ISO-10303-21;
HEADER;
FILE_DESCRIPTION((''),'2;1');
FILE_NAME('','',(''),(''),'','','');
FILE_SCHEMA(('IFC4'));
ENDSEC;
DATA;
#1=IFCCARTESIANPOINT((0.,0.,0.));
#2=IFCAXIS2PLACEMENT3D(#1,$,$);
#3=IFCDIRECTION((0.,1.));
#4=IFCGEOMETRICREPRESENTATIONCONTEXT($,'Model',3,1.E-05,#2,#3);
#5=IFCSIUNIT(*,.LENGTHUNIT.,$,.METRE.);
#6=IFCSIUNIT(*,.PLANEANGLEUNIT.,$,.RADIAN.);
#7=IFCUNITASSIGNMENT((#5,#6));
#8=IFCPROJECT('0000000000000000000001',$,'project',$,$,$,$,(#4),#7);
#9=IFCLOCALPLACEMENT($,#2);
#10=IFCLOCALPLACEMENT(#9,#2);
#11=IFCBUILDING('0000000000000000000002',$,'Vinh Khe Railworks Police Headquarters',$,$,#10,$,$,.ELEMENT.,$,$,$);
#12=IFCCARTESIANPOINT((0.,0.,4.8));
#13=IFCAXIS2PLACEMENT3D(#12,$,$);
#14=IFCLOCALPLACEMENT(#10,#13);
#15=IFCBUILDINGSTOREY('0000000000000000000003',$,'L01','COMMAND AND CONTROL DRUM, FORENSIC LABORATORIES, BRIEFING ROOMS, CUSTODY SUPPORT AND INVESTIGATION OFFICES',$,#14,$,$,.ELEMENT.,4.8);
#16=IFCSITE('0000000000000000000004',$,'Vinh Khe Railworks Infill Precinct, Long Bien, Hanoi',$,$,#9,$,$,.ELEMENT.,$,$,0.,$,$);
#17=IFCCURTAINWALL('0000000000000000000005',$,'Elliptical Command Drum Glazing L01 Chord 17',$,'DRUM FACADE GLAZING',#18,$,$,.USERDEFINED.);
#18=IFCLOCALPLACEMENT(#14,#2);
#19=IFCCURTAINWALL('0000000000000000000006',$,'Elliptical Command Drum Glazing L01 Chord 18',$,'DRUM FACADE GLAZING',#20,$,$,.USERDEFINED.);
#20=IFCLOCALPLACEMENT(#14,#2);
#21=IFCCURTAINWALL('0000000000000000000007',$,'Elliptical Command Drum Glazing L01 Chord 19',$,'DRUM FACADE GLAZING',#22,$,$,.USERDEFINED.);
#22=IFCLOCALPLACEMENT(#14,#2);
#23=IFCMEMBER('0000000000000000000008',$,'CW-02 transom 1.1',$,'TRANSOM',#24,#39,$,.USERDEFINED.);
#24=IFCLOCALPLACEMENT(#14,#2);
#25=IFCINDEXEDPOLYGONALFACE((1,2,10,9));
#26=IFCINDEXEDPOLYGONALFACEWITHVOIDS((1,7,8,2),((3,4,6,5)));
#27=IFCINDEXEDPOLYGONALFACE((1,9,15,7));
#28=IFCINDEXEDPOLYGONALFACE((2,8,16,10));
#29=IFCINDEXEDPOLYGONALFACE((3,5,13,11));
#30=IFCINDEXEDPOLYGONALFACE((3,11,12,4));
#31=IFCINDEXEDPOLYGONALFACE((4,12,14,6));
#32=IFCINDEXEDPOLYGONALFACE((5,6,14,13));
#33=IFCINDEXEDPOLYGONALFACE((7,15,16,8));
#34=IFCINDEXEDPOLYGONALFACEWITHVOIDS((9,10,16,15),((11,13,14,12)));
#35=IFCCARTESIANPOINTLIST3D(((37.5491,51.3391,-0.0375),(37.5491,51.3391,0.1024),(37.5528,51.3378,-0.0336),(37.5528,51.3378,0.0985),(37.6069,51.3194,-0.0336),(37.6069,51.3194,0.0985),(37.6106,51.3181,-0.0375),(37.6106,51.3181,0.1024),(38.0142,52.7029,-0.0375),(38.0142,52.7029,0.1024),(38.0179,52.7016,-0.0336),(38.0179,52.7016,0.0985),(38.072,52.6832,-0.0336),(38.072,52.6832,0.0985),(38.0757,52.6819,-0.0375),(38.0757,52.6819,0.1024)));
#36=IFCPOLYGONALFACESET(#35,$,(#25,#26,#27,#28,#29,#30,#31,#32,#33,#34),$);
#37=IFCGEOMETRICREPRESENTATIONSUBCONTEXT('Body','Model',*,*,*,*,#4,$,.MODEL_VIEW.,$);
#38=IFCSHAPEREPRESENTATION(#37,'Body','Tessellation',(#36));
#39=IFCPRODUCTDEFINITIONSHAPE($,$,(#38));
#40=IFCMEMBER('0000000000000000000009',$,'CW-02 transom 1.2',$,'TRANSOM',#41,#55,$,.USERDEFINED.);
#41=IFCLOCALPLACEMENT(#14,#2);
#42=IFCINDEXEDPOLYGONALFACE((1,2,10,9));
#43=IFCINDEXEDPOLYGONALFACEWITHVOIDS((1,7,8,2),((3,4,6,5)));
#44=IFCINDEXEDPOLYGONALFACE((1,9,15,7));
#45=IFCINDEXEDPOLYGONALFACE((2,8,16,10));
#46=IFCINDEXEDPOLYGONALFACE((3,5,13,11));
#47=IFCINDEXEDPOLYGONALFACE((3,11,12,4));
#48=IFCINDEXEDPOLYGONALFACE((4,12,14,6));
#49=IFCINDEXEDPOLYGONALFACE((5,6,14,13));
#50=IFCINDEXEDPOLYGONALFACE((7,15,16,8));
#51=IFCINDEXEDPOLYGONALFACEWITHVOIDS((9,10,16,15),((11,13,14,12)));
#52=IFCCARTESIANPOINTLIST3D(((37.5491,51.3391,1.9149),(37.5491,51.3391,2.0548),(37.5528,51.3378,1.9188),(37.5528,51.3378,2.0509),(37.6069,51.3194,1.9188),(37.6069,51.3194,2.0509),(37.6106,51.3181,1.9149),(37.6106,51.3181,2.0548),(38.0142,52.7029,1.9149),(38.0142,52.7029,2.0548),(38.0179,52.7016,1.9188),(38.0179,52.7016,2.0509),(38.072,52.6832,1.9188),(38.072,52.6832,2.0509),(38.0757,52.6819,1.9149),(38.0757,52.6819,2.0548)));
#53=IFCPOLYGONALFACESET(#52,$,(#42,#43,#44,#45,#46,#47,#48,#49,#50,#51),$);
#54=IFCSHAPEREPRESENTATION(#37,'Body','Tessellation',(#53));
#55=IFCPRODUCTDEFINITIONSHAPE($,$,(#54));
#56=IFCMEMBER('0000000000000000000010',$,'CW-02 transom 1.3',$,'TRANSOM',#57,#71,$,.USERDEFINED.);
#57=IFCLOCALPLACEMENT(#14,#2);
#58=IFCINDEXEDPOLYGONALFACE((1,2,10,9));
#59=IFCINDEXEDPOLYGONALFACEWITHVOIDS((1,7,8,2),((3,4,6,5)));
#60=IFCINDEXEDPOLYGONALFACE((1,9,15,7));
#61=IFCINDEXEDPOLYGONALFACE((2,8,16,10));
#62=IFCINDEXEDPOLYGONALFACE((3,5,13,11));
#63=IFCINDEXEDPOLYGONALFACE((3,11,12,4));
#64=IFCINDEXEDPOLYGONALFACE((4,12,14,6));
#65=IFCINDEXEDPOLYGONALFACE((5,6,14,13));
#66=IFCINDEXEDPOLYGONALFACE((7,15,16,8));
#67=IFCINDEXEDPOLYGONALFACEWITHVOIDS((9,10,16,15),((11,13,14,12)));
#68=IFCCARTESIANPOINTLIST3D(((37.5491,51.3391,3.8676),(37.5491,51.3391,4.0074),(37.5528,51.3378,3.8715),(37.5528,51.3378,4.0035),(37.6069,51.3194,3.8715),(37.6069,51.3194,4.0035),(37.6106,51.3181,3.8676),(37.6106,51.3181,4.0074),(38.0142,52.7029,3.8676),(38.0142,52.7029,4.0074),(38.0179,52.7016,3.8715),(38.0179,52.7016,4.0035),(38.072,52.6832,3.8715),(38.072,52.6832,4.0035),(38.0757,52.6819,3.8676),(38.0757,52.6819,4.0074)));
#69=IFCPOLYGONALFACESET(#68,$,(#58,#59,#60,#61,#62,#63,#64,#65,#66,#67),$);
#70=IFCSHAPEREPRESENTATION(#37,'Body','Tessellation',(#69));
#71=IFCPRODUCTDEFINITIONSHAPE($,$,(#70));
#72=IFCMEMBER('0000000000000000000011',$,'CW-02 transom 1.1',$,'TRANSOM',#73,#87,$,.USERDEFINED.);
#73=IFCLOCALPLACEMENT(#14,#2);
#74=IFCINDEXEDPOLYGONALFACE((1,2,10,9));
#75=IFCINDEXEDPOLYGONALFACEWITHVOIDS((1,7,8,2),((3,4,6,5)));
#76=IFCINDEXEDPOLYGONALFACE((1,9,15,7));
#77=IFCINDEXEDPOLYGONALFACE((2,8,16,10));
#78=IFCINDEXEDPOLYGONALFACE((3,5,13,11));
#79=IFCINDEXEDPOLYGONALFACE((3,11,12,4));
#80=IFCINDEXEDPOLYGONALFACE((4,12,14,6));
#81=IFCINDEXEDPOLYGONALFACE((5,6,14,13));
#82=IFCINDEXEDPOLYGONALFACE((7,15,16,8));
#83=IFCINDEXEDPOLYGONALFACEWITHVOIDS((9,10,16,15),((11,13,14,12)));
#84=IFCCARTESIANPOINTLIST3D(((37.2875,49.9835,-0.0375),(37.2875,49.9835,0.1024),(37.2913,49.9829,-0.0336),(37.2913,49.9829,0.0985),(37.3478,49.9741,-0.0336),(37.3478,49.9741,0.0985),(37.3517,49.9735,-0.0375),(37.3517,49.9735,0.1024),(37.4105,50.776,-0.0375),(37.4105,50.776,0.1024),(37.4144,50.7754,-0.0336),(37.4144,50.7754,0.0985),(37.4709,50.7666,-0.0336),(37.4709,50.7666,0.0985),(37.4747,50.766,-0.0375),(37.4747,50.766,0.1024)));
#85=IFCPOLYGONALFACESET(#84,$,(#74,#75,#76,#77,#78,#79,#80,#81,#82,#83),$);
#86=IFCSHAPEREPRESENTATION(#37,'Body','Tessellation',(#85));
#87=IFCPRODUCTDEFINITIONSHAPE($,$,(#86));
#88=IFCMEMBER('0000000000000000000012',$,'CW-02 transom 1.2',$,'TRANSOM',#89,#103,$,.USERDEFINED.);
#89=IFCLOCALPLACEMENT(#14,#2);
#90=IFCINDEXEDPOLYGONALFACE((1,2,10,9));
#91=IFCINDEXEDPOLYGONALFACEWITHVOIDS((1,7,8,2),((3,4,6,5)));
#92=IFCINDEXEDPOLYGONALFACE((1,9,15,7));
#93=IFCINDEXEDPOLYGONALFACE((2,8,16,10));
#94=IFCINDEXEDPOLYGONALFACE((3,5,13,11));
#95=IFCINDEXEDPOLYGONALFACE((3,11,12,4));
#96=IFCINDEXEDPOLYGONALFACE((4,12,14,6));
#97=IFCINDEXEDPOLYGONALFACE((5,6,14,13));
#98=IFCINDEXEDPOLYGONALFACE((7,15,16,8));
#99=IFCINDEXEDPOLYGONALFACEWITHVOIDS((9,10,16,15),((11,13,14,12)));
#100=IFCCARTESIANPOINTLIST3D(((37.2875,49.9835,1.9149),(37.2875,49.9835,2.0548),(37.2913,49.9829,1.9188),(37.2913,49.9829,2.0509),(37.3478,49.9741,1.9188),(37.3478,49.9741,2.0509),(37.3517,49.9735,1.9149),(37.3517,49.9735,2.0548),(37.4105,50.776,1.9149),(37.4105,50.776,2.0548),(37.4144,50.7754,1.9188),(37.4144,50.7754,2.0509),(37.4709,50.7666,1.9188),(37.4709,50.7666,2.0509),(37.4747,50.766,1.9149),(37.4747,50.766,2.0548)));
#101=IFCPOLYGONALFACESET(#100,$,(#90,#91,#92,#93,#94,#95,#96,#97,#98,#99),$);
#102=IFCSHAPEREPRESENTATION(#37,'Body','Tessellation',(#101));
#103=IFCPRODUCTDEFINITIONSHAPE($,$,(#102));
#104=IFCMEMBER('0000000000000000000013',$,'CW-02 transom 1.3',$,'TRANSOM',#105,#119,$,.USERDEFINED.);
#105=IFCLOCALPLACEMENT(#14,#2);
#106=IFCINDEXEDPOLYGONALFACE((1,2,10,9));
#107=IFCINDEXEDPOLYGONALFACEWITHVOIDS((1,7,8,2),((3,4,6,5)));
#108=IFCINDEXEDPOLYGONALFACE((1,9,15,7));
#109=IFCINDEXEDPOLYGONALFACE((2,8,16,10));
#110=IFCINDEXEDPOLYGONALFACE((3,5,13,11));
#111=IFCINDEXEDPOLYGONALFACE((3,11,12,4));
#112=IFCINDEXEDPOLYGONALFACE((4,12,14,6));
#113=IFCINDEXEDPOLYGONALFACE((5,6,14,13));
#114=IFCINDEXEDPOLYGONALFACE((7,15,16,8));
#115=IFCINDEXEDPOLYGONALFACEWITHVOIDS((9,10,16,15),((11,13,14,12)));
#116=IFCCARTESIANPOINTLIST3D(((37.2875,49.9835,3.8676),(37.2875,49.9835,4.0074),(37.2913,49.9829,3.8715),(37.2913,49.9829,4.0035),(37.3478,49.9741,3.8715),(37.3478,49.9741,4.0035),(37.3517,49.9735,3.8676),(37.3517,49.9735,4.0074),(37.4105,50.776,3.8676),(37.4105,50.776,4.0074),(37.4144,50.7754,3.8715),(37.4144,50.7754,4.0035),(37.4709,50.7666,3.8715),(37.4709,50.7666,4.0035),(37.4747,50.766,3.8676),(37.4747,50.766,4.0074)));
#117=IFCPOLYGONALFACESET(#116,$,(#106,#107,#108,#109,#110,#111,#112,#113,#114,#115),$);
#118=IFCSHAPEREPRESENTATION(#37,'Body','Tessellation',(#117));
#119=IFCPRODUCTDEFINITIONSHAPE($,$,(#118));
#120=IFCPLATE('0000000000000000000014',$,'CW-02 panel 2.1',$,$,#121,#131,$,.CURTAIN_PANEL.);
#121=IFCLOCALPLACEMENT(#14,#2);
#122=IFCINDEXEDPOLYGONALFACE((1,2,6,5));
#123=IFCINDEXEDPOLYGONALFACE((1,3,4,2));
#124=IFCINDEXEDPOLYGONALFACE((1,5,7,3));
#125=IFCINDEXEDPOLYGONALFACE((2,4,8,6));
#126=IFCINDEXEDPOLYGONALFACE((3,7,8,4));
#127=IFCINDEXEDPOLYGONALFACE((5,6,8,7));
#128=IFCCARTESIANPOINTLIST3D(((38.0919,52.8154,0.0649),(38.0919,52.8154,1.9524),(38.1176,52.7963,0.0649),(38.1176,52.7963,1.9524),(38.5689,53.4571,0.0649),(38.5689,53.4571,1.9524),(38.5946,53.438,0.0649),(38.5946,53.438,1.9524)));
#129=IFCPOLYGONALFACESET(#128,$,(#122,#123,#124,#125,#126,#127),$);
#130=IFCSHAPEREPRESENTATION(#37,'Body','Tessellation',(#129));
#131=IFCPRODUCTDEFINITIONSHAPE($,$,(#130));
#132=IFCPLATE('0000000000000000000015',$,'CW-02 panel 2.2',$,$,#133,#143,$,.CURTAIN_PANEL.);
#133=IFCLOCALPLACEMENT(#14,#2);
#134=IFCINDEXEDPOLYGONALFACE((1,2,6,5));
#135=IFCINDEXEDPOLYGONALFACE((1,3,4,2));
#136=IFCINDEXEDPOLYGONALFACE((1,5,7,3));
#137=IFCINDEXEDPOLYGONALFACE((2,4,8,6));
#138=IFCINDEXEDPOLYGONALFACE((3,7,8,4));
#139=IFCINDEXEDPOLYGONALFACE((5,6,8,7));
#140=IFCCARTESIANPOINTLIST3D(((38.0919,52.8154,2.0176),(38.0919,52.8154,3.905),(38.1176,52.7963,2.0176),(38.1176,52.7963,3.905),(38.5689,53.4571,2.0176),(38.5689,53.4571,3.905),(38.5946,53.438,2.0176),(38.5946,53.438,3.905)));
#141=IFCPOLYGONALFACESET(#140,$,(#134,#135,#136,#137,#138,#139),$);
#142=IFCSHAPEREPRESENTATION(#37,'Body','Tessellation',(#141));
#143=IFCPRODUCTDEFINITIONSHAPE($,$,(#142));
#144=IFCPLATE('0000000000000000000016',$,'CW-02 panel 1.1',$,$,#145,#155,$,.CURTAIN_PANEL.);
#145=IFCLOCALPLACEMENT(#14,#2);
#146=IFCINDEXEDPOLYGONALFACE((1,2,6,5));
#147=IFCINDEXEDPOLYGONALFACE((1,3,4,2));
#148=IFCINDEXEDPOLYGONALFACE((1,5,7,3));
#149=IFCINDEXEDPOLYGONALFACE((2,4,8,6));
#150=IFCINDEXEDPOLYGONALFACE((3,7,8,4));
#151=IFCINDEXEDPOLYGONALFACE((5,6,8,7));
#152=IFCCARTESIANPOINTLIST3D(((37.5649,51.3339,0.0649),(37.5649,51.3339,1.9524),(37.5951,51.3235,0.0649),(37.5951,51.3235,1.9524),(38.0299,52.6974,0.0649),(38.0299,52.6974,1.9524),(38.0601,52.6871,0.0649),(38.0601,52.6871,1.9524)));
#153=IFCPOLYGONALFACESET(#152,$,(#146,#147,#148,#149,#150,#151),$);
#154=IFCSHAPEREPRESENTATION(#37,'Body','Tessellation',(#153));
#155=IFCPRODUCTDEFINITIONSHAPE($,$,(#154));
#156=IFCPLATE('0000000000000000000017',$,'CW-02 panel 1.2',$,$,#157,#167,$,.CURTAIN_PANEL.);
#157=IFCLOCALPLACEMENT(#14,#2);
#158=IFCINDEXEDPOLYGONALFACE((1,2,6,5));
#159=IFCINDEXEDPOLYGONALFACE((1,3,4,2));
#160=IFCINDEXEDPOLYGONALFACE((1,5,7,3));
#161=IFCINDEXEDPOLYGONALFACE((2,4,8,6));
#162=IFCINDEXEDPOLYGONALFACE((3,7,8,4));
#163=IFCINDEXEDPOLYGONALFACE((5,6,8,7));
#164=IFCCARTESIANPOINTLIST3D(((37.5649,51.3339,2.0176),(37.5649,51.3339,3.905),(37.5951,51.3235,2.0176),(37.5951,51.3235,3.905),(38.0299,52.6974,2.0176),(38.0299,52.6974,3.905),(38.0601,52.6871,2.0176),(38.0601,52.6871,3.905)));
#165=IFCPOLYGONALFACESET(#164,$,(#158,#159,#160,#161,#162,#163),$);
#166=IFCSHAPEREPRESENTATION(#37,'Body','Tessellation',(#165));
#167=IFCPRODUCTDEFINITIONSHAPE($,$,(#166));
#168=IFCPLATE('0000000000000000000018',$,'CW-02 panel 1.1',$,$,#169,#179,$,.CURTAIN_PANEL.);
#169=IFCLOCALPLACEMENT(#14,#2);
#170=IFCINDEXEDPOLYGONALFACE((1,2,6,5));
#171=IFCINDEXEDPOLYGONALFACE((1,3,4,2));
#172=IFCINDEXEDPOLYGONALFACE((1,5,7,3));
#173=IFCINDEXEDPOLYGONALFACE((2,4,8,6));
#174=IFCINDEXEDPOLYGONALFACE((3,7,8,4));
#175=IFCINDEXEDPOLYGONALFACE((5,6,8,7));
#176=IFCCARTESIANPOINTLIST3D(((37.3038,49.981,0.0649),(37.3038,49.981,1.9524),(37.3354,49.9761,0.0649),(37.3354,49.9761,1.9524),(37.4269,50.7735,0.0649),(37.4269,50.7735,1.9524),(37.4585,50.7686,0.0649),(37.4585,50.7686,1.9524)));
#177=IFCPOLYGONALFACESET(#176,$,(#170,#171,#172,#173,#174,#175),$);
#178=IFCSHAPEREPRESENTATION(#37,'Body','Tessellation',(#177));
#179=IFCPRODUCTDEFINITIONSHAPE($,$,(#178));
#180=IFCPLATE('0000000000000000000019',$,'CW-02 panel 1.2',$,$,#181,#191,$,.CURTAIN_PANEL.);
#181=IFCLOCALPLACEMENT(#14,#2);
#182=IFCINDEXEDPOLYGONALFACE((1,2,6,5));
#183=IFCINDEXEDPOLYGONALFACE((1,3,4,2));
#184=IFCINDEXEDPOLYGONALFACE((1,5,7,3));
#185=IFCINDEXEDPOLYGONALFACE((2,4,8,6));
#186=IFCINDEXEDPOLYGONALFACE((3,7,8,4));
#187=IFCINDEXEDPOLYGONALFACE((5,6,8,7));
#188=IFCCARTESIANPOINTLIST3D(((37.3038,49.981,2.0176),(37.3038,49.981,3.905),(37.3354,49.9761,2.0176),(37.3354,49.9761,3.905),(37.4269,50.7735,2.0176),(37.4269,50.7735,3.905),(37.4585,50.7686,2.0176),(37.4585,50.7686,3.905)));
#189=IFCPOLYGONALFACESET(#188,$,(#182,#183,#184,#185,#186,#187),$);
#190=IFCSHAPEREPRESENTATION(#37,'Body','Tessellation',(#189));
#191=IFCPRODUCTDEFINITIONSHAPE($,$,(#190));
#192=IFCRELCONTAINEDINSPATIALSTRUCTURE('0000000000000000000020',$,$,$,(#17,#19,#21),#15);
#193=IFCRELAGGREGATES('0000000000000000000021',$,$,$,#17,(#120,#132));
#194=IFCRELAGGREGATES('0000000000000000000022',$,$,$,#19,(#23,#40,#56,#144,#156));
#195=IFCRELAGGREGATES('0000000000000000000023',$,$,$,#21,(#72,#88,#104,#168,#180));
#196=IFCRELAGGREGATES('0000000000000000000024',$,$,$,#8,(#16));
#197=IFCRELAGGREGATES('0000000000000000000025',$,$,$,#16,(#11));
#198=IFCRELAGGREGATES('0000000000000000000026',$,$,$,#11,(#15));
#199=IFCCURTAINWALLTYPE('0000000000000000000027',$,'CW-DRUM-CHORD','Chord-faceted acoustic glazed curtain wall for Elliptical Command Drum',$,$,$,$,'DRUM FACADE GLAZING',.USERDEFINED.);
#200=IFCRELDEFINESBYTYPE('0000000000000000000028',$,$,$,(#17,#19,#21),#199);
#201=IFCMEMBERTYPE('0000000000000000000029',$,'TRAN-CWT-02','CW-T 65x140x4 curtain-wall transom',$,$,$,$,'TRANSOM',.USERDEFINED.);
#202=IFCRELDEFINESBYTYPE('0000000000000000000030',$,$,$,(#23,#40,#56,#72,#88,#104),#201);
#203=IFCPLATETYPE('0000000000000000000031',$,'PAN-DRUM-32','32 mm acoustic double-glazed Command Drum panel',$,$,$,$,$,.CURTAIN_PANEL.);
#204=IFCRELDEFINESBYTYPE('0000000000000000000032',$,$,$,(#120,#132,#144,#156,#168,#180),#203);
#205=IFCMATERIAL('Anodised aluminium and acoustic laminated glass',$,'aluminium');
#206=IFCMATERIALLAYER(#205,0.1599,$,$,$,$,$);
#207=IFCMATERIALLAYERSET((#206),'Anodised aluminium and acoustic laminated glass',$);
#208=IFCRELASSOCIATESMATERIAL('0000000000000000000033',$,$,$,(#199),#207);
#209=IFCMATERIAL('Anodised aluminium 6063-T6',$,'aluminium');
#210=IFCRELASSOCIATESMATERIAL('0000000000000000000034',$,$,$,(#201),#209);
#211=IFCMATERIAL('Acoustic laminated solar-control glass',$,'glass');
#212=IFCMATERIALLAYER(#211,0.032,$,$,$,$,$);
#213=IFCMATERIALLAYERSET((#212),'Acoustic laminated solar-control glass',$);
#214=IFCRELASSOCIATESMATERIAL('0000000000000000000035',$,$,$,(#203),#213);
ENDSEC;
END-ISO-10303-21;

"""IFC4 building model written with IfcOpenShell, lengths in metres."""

from ifc_helpers import new_model, si_unit, direction, frame, origin, origin_2d, place, context, subcontext, project, spatial, rectangle, hollow_rectangle, extrude, material, layer, layer_set, material_profile, profile_set, type_object, element, aggregate, save


model = new_model("IFC4")

# Units and contexts
model_context = context("Model", 3, precision=1e-05, world=origin(), true_north=direction((0.0, 1.0)))
body_context = subcontext(model_context, "Body", "Model", "MODEL_VIEW")
ifc_project = project(units=[si_unit("LENGTHUNIT", "METRE"), si_unit("PLANEANGLEUNIT", "RADIAN")], contexts=[model_context])

# Site, building, storey
site_placement = place(None, origin())
site = spatial("IfcSite", under=ifc_project, at=site_placement, Name="Vinh Khe Railworks Infill Precinct, Long Bien, Hanoi", CompositionType="ELEMENT", RefElevation=0.0)
building_placement = place(site_placement, origin())
building = spatial("IfcBuilding", under=site, at=building_placement, Name="Vinh Khe Railworks Police Headquarters", CompositionType="ELEMENT")
storey_placement = place(building_placement, frame((0.0, 0.0, 4.8)))
storey = spatial("IfcBuildingStorey", under=building, at=storey_placement, Name="L01", Description="COMMAND AND CONTROL DRUM, FORENSIC LABORATORIES, BRIEFING ROOMS, CUSTODY SUPPORT AND INVESTIGATION OFFICES", CompositionType="ELEMENT", Elevation=4.8)

# Curtain wall
ifc_material_1 = material(Name="Anodised aluminium and acoustic laminated glass", Category="aluminium")
ifc_layer_1 = layer(ifc_material_1, 0.1599)
ifc_layer_set_1 = layer_set([ifc_layer_1], Name="Anodised aluminium and acoustic laminated glass")
curtain_wall_type = type_object("IfcCurtainWallType", Name="CW-DRUM-CHORD", Description="Chord-faceted acoustic glazed curtain wall for Elliptical Command Drum", ElementType="DRUM FACADE GLAZING", PredefinedType="USERDEFINED", material=ifc_layer_set_1)
curtain_wall_1_placement = place(storey_placement, origin())
curtain_wall_1 = element("IfcCurtainWall", 1, at=curtain_wall_1_placement, inside=storey, type_object=curtain_wall_type, Name="Elliptical Command Drum Glazing L01 Chord 17", ObjectType="DRUM FACADE GLAZING", PredefinedType="USERDEFINED")
ifc_material_2 = material(Name="Anodised aluminium 6063-T6", Category="aluminium")

# Curtain wall
curtain_wall_2_placement = place(storey_placement, origin())
curtain_wall_2 = element("IfcCurtainWall", 2, at=curtain_wall_2_placement, inside=storey, type_object=curtain_wall_type, Name="Elliptical Command Drum Glazing L01 Chord 18", ObjectType="DRUM FACADE GLAZING", PredefinedType="USERDEFINED")

# Curtain wall
curtain_wall_3_placement = place(storey_placement, origin())
curtain_wall_3 = element("IfcCurtainWall", 3, at=curtain_wall_3_placement, inside=storey, type_object=curtain_wall_type, Name="Elliptical Command Drum Glazing L01 Chord 19", ObjectType="DRUM FACADE GLAZING", PredefinedType="USERDEFINED")

# Members
ifc_material_profile_1 = material_profile(ifc_material_2, hollow_rectangle(XDim=0.0649, YDim=0.1399, WallThickness=0.0039, at=origin_2d()), Name="CW-T 65x140x4")
ifc_profile_set_1 = profile_set([ifc_material_profile_1], Name="Anodised aluminium 6063-T6")
member_type_1 = type_object("IfcMemberType", Name="TRAN-CWT-02", Description="CW-T 65x140x4 curtain-wall transom", ElementType="TRANSOM", PredefinedType="USERDEFINED", material=ifc_profile_set_1)
member_1_placement = place(storey_placement, frame((38.0449, 52.6924, 0.0325), z_axis=(-0.322777, -0.946475, 0.0), x_axis=(0.946475, -0.322777, 0.0)))
member_1 = element("IfcMember", 4, at=member_1_placement, type_object=member_type_1, Name="CW-02 transom 1.1", ObjectType="TRANSOM", PredefinedType="USERDEFINED", context=body_context, shape_type="SweptSolid", body=[
    extrude(hollow_rectangle(XDim=0.0649, YDim=0.1399, WallThickness=0.0039, at=origin_2d()), origin(), (0.0, 0.0, 1.0), 1.4409),
])
member_2_placement = place(storey_placement, frame((38.0449, 52.6924, 1.9849), z_axis=(-0.322777, -0.946475, 0.0), x_axis=(0.946475, -0.322777, 0.0)))
member_2 = element("IfcMember", 5, at=member_2_placement, type_object=member_type_1, Name="CW-02 transom 1.2", ObjectType="TRANSOM", PredefinedType="USERDEFINED", context=body_context, shape_type="SweptSolid", body=[
    extrude(hollow_rectangle(XDim=0.0649, YDim=0.1399, WallThickness=0.0039, at=origin_2d()), origin(), (0.0, 0.0, 1.0), 1.4409),
])
member_3_placement = place(storey_placement, frame((38.0449, 52.6924, 3.9375), z_axis=(-0.322777, -0.946475, 0.0), x_axis=(0.946475, -0.322777, 0.0)))
member_3 = element("IfcMember", 6, at=member_3_placement, type_object=member_type_1, Name="CW-02 transom 1.3", ObjectType="TRANSOM", PredefinedType="USERDEFINED", context=body_context, shape_type="SweptSolid", body=[
    extrude(hollow_rectangle(XDim=0.0649, YDim=0.1399, WallThickness=0.0039, at=origin_2d()), origin(), (0.0, 0.0, 1.0), 1.4409),
])
member_4_placement = place(storey_placement, frame((37.4426, 50.771, 0.0325), z_axis=(-0.15343, -0.98816, 0.0), x_axis=(0.98816, -0.15343, 0.0)))
member_4 = element("IfcMember", 7, at=member_4_placement, type_object=member_type_1, Name="CW-02 transom 1.1", ObjectType="TRANSOM", PredefinedType="USERDEFINED", context=body_context, shape_type="SweptSolid", body=[
    extrude(hollow_rectangle(XDim=0.0649, YDim=0.1399, WallThickness=0.0039, at=origin_2d()), origin(), (0.0, 0.0, 1.0), 0.802),
])
member_5_placement = place(storey_placement, frame((37.4426, 50.771, 1.9849), z_axis=(-0.15343, -0.98816, 0.0), x_axis=(0.98816, -0.15343, 0.0)))
member_5 = element("IfcMember", 8, at=member_5_placement, type_object=member_type_1, Name="CW-02 transom 1.2", ObjectType="TRANSOM", PredefinedType="USERDEFINED", context=body_context, shape_type="SweptSolid", body=[
    extrude(hollow_rectangle(XDim=0.0649, YDim=0.1399, WallThickness=0.0039, at=origin_2d()), origin(), (0.0, 0.0, 1.0), 0.802),
])
member_6_placement = place(storey_placement, frame((37.4426, 50.771, 3.9375), z_axis=(-0.15343, -0.98816, 0.0), x_axis=(0.98816, -0.15343, 0.0)))
member_6 = element("IfcMember", 9, at=member_6_placement, type_object=member_type_1, Name="CW-02 transom 1.3", ObjectType="TRANSOM", PredefinedType="USERDEFINED", context=body_context, shape_type="SweptSolid", body=[
    extrude(hollow_rectangle(XDim=0.0649, YDim=0.1399, WallThickness=0.0039, at=origin_2d()), origin(), (0.0, 0.0, 1.0), 0.802),
])

# Plates
ifc_material_3 = material(Name="Acoustic laminated solar-control glass", Category="glass")
ifc_layer_2 = layer(ifc_material_3, 0.032)
ifc_layer_set_2 = layer_set([ifc_layer_2], Name="Acoustic laminated solar-control glass")
plate_type_1 = type_object("IfcPlateType", Name="PAN-DRUM-32", Description="32 mm acoustic double-glazed Command Drum panel", PredefinedType="CURTAIN_PANEL", material=ifc_layer_set_2)
plate_1_placement = place(storey_placement, frame((38.3433, 53.1267, 0.0649), z_axis=(0.0, 0.0, 1.0), x_axis=(-0.596528, -0.802592, 0.0)))
plate_1 = element("IfcPlate", 10, at=plate_1_placement, type_object=plate_type_1, Name="CW-02 panel 2.1", PredefinedType="CURTAIN_PANEL", context=body_context, shape_type="SweptSolid", body=[
    extrude(rectangle(XDim=0.7996, YDim=0.032, at=origin_2d()), origin(), (0.0, 0.0, 1.0), 1.8875),
])
plate_2_placement = place(storey_placement, frame((38.3433, 53.1267, 2.0176), z_axis=(0.0, 0.0, 1.0), x_axis=(-0.596528, -0.802592, 0.0)))
plate_2 = element("IfcPlate", 11, at=plate_2_placement, type_object=plate_type_1, Name="CW-02 panel 2.2", PredefinedType="CURTAIN_PANEL", context=body_context, shape_type="SweptSolid", body=[
    extrude(rectangle(XDim=0.7996, YDim=0.032, at=origin_2d()), origin(), (0.0, 0.0, 1.0), 1.8875),
])
aggregate(curtain_wall_1, [plate_1, plate_2])
plate_3_placement = place(storey_placement, frame((37.8125, 52.0105, 0.0649), z_axis=(0.0, 0.0, 1.0), x_axis=(-0.32275, -0.946484, 0.0)))
plate_3 = element("IfcPlate", 12, at=plate_3_placement, type_object=plate_type_1, Name="CW-02 panel 1.1", PredefinedType="CURTAIN_PANEL", context=body_context, shape_type="SweptSolid", body=[
    extrude(rectangle(XDim=1.4407, YDim=0.032, at=origin_2d()), origin(), (0.0, 0.0, 1.0), 1.8875),
])
plate_4_placement = place(storey_placement, frame((37.8125, 52.0105, 2.0176), z_axis=(0.0, 0.0, 1.0), x_axis=(-0.32275, -0.946484, 0.0)))
plate_4 = element("IfcPlate", 13, at=plate_4_placement, type_object=plate_type_1, Name="CW-02 panel 1.2", PredefinedType="CURTAIN_PANEL", context=body_context, shape_type="SweptSolid", body=[
    extrude(rectangle(XDim=1.4407, YDim=0.032, at=origin_2d()), origin(), (0.0, 0.0, 1.0), 1.8875),
])
aggregate(curtain_wall_2, [member_1, member_2, member_3, plate_3, plate_4])
plate_5_placement = place(storey_placement, frame((37.3811, 50.3748, 0.0649), z_axis=(0.0, 0.0, 1.0), x_axis=(-0.15349, -0.98815, 0.0)))
plate_5 = element("IfcPlate", 14, at=plate_5_placement, type_object=plate_type_1, Name="CW-02 panel 1.1", PredefinedType="CURTAIN_PANEL", context=body_context, shape_type="SweptSolid", body=[
    extrude(rectangle(XDim=0.802, YDim=0.032, at=origin_2d()), origin(), (0.0, 0.0, 1.0), 1.8875),
])
plate_6_placement = place(storey_placement, frame((37.3811, 50.3748, 2.0176), z_axis=(0.0, 0.0, 1.0), x_axis=(-0.15349, -0.98815, 0.0)))
plate_6 = element("IfcPlate", 15, at=plate_6_placement, type_object=plate_type_1, Name="CW-02 panel 1.2", PredefinedType="CURTAIN_PANEL", context=body_context, shape_type="SweptSolid", body=[
    extrude(rectangle(XDim=0.802, YDim=0.032, at=origin_2d()), origin(), (0.0, 0.0, 1.0), 1.8875),
])
aggregate(curtain_wall_3, [member_4, member_5, member_6, plate_5, plate_6])

save(model, "model.ifc")
